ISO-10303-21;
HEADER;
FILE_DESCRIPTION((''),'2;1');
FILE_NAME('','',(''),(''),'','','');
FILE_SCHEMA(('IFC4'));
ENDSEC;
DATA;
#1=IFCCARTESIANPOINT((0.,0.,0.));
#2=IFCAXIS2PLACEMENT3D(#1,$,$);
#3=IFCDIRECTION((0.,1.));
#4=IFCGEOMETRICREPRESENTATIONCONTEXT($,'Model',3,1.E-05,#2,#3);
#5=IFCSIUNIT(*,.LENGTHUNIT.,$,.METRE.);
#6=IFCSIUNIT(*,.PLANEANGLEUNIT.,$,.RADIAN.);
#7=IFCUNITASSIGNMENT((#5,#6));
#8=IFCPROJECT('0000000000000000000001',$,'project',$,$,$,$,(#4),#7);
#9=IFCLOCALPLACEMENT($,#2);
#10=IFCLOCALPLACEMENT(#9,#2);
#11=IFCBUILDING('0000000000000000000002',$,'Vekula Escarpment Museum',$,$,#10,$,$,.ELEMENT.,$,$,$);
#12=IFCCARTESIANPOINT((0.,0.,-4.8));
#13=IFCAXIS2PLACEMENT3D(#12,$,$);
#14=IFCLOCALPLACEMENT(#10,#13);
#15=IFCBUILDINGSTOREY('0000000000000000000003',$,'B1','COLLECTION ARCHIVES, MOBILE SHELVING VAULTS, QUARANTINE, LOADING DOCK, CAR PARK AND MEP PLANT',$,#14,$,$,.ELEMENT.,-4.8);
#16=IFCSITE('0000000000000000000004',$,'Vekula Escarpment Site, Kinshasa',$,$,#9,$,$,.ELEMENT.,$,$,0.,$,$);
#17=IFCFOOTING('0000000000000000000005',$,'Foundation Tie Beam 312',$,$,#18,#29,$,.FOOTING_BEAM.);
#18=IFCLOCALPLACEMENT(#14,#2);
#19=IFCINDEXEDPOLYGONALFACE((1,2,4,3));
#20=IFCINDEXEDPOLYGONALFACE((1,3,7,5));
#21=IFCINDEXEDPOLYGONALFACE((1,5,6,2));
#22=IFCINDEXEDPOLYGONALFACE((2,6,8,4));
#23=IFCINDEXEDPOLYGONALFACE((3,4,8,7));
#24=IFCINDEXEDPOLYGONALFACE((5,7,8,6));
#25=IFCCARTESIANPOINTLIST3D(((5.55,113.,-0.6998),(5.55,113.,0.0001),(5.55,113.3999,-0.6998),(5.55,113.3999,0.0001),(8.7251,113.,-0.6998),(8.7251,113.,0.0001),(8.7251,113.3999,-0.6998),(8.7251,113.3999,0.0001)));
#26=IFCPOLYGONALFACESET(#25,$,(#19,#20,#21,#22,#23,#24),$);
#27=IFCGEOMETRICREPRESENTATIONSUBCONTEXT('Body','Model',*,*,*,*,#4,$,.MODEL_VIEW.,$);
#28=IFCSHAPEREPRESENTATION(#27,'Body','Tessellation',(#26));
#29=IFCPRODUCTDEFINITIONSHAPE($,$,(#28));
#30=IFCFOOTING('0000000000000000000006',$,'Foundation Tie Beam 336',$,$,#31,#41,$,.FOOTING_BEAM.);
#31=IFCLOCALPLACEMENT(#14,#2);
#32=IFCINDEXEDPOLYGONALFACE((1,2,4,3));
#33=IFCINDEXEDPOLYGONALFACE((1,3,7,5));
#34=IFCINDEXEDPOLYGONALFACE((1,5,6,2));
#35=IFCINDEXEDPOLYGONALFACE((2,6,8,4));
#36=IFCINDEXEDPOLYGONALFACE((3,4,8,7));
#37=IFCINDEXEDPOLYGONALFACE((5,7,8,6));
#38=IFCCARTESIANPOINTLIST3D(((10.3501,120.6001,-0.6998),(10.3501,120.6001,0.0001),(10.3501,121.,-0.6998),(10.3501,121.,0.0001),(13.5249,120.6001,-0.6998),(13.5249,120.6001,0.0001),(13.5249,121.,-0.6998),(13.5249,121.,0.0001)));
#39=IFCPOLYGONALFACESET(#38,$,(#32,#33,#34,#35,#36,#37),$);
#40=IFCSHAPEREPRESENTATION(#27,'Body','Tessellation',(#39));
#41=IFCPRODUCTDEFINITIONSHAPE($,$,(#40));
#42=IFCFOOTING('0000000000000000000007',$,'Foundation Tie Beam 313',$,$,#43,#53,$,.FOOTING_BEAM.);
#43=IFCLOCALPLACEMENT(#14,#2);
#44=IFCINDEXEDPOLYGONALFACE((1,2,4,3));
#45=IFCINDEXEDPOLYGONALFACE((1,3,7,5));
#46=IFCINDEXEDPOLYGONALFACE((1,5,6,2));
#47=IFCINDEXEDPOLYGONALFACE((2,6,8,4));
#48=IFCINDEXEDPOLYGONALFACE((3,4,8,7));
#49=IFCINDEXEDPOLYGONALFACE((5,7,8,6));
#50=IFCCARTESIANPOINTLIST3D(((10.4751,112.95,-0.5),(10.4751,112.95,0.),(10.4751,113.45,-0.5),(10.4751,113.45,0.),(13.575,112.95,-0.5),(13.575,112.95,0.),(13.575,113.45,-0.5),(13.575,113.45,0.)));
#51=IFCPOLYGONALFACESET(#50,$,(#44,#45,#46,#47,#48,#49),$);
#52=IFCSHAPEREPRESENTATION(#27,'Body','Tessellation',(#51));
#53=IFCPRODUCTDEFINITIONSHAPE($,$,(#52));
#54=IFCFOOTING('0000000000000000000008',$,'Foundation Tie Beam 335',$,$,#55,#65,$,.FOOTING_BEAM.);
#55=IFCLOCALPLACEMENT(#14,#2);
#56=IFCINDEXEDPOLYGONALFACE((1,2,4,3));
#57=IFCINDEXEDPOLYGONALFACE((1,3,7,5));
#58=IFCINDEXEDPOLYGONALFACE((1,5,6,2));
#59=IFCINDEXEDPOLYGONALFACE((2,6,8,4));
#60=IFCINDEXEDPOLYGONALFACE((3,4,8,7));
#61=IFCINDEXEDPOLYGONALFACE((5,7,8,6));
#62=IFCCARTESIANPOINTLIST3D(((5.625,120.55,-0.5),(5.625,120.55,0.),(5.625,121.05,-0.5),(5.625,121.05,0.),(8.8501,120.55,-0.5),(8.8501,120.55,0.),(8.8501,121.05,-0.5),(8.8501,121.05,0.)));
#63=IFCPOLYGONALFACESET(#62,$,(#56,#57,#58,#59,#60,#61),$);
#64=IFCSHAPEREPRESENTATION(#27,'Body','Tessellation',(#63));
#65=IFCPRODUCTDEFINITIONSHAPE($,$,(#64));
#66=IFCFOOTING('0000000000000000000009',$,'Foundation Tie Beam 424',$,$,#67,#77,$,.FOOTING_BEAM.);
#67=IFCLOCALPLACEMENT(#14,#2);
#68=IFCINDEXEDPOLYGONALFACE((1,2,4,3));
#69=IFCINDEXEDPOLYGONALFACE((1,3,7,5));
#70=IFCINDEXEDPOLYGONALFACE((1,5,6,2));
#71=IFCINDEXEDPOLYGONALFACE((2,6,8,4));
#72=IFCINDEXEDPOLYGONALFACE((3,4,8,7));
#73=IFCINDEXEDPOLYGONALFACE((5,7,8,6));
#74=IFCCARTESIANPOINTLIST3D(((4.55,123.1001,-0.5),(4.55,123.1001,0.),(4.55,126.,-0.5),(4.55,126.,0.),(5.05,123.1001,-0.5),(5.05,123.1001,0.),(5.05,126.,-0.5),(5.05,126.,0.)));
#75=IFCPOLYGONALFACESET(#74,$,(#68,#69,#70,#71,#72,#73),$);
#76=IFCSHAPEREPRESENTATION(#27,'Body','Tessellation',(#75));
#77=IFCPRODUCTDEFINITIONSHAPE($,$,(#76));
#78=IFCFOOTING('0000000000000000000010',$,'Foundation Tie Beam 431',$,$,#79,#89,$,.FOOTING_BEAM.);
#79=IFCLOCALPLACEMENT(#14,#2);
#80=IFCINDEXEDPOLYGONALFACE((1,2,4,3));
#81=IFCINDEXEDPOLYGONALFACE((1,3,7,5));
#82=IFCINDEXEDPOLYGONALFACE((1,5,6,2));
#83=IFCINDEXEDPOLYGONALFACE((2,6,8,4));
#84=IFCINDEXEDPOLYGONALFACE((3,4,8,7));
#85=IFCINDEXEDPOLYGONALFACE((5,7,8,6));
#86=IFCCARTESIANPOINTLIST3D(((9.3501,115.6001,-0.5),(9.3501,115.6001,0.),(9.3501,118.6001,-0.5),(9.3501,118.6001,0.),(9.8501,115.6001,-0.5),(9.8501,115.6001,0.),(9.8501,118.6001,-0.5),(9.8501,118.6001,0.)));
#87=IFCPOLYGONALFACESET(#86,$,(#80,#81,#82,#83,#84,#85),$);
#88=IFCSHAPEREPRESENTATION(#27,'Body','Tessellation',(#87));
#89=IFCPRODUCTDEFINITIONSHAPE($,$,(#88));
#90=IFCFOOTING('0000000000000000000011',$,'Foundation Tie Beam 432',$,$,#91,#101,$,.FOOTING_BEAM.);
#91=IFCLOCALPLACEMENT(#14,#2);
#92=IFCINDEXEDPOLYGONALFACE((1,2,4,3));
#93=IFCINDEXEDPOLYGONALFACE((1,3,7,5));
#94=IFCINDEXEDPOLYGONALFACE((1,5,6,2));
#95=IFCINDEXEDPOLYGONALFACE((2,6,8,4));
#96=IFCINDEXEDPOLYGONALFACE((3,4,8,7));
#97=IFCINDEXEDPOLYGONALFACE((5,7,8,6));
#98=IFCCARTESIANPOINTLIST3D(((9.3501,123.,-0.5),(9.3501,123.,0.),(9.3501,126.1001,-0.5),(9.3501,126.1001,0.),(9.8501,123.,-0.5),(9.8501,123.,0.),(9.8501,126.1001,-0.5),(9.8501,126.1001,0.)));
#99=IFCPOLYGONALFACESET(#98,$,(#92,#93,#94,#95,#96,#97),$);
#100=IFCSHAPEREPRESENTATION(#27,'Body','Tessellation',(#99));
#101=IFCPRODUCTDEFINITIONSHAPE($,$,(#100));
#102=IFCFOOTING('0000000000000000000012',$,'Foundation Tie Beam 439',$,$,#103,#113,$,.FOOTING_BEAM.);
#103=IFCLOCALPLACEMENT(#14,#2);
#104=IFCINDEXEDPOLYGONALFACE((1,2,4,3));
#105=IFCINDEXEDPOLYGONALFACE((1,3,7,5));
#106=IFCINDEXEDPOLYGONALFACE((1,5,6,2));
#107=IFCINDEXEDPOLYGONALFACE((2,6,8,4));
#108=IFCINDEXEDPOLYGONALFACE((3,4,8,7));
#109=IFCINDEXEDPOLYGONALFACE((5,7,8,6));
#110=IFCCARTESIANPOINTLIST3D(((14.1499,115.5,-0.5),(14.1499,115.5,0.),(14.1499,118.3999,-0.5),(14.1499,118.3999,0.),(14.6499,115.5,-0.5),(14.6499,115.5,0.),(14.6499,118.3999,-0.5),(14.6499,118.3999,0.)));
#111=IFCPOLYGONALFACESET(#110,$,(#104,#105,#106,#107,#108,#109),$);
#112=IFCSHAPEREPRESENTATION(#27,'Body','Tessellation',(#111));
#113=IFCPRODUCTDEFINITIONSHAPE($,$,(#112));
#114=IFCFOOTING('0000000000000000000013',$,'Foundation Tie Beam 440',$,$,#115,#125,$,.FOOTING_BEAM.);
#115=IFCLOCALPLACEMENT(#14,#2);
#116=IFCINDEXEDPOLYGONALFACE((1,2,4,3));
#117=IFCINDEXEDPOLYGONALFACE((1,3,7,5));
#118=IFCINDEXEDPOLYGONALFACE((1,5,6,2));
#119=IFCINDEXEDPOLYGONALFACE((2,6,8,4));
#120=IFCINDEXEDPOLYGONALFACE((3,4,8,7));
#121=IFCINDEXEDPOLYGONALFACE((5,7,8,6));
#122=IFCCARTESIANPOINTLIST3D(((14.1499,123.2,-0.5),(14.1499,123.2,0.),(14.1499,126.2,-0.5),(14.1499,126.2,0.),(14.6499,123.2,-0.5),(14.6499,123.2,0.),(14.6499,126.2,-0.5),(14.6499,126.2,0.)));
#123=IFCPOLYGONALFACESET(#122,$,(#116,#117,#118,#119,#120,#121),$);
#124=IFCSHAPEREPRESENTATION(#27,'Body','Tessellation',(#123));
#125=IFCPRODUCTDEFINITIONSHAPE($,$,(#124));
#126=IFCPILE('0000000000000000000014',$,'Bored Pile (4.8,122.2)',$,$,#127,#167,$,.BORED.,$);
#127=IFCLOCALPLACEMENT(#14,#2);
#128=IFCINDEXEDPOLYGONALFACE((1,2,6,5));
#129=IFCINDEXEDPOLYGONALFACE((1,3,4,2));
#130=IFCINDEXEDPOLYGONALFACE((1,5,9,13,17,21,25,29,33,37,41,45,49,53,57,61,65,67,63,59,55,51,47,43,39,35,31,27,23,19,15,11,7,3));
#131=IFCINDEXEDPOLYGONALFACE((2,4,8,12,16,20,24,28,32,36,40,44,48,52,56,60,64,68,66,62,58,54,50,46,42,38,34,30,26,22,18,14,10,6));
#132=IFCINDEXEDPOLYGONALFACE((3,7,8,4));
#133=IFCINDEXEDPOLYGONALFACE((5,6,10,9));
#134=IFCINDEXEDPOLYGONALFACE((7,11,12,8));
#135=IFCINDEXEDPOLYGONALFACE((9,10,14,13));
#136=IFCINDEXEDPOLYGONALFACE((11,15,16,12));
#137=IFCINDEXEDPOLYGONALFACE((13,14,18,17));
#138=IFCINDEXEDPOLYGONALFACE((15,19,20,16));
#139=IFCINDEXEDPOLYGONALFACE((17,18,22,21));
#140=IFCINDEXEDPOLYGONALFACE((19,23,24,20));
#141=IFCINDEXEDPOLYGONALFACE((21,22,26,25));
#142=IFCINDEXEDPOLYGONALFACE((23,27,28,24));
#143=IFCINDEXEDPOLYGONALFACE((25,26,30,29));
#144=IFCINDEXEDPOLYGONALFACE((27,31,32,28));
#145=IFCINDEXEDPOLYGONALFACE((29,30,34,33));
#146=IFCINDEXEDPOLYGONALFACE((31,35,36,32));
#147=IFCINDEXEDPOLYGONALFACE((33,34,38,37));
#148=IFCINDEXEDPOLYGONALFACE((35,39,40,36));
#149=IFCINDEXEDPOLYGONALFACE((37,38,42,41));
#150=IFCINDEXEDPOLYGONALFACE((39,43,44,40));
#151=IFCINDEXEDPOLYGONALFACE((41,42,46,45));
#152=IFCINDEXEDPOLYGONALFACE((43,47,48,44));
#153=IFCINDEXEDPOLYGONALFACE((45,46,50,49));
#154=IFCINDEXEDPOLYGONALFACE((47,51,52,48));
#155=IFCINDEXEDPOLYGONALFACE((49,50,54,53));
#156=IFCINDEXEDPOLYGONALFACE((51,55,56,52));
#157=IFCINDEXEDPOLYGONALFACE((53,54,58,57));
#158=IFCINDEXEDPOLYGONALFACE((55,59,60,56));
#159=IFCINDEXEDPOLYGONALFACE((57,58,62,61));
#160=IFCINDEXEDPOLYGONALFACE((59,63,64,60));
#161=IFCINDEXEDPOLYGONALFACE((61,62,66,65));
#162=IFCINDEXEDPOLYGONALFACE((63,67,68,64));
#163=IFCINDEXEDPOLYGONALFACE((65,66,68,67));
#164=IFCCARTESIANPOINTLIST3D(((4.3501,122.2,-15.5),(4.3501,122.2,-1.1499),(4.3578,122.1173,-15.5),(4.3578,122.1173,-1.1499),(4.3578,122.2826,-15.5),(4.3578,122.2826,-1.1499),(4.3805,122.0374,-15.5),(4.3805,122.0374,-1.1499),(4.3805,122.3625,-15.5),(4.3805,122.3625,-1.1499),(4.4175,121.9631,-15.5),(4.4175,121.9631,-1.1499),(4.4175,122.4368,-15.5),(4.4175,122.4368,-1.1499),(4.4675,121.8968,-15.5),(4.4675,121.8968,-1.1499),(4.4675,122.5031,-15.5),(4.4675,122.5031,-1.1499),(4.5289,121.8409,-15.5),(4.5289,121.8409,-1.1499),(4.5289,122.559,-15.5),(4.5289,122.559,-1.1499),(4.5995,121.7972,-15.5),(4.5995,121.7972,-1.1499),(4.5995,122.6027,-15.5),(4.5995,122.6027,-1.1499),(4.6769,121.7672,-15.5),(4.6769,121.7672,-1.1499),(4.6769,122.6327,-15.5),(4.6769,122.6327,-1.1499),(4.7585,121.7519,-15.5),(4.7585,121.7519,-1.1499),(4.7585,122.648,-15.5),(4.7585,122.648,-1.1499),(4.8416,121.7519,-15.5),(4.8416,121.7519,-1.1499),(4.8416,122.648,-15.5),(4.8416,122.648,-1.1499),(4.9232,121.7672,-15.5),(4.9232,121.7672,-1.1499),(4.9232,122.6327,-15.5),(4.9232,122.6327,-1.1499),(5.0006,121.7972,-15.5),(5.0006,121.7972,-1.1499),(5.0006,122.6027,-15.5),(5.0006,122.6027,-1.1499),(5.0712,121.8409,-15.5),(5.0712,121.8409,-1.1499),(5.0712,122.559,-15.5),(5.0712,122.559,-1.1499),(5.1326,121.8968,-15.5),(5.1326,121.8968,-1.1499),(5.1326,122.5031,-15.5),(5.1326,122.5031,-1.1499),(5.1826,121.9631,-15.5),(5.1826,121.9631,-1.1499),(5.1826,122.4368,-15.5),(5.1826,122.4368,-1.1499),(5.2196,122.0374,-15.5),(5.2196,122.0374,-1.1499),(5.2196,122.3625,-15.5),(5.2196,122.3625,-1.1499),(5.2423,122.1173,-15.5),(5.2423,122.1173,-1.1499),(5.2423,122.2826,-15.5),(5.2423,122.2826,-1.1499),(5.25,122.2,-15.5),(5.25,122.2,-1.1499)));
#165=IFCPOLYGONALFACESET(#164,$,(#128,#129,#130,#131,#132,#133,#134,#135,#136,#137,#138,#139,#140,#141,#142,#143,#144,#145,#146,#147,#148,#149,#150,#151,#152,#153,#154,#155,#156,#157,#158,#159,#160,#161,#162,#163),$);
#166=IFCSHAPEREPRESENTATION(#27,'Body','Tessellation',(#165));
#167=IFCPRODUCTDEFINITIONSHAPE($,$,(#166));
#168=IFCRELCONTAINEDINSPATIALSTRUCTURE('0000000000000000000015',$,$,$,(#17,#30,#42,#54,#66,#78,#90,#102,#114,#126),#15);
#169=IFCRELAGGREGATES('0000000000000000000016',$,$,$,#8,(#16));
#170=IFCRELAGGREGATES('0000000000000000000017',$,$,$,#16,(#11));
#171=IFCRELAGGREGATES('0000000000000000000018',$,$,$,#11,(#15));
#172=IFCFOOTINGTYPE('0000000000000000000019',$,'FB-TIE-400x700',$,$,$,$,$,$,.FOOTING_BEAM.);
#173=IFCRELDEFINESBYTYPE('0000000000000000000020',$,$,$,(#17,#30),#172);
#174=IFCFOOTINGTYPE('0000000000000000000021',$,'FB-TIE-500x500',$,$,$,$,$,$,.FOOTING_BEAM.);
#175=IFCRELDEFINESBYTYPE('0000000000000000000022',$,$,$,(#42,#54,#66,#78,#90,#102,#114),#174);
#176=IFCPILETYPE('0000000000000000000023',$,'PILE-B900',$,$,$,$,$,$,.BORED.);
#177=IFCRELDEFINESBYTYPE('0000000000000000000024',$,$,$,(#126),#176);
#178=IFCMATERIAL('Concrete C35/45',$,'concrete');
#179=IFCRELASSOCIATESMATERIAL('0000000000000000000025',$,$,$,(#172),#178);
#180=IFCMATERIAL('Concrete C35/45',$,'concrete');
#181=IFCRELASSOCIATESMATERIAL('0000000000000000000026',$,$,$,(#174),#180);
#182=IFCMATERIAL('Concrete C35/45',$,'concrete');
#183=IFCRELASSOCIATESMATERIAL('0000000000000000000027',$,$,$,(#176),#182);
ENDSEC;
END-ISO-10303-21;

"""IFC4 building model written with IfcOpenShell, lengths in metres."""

from ifc_helpers import new_model, si_unit, direction, frame, origin, origin_2d, place, context, subcontext, project, spatial, rectangle, circle, extrude, material, material_profile, profile_set, type_object, element, save


model = new_model("IFC4")

# Units and contexts
model_context = context("Model", 3, precision=1e-05, world=origin(), true_north=direction((0.0, 1.0)))
body_context = subcontext(model_context, "Body", "Model", "MODEL_VIEW")
ifc_project = project(units=[si_unit("LENGTHUNIT", "METRE"), si_unit("PLANEANGLEUNIT", "RADIAN")], contexts=[model_context])

# Site, building, storey
site_placement = place(None, origin())
site = spatial("IfcSite", under=ifc_project, at=site_placement, Name="Vekula Escarpment Site, Kinshasa", CompositionType="ELEMENT", RefElevation=0.0)
building_placement = place(site_placement, origin())
building = spatial("IfcBuilding", under=site, at=building_placement, Name="Vekula Escarpment Museum", CompositionType="ELEMENT")
storey_placement = place(building_placement, frame((0.0, 0.0, -4.8)))
storey = spatial("IfcBuildingStorey", under=building, at=storey_placement, Name="B1", Description="COLLECTION ARCHIVES, MOBILE SHELVING VAULTS, QUARANTINE, LOADING DOCK, CAR PARK AND MEP PLANT", CompositionType="ELEMENT", Elevation=-4.8)

# Footings
ifc_material_1 = material(Name="Concrete C35/45", Category="concrete")
ifc_material_profile_1 = material_profile(ifc_material_1, rectangle(XDim=0.3999, YDim=0.7, at=origin_2d()), Name="RC 400x700")
ifc_profile_set_1 = profile_set([ifc_material_profile_1], Name="Concrete C35/45")
footing_type_1 = type_object("IfcFootingType", Name="FB-TIE-400x700", PredefinedType="FOOTING_BEAM", material=ifc_profile_set_1)
footing_1_placement = place(storey_placement, frame((5.55, 113.2, -0.3499), z_axis=(1.0, 0.0, 0.0), x_axis=(0.0, 1.0, 0.0)))
element("IfcFooting", 1, at=footing_1_placement, inside=storey, type_object=footing_type_1, Name="Foundation Tie Beam 312", PredefinedType="FOOTING_BEAM", context=body_context, shape_type="SweptSolid", body=[
    extrude(rectangle(XDim=0.3999, YDim=0.7, at=origin_2d()), origin(), (0.0, 0.0, 1.0), 3.175),
])
footing_2_placement = place(storey_placement, frame((10.3501, 120.8, -0.3499), z_axis=(1.0, 0.0, 0.0), x_axis=(0.0, 1.0, 0.0)))
element("IfcFooting", 2, at=footing_2_placement, inside=storey, type_object=footing_type_1, Name="Foundation Tie Beam 336", PredefinedType="FOOTING_BEAM", context=body_context, shape_type="SweptSolid", body=[
    extrude(rectangle(XDim=0.3999, YDim=0.7, at=origin_2d()), origin(), (0.0, 0.0, 1.0), 3.1748),
])
ifc_material_2 = material(Name="Concrete C35/45", Category="concrete")
ifc_material_profile_2 = material_profile(ifc_material_2, rectangle(XDim=0.5, YDim=0.5, at=origin_2d()), Name="RC 500x500")
ifc_profile_set_2 = profile_set([ifc_material_profile_2], Name="Concrete C35/45")
footing_type_2 = type_object("IfcFootingType", Name="FB-TIE-500x500", PredefinedType="FOOTING_BEAM", material=ifc_profile_set_2)
footing_3_placement = place(storey_placement, frame((10.4751, 113.2, -0.25), z_axis=(1.0, 0.0, 0.0), x_axis=(0.0, 1.0, 0.0)))
element("IfcFooting", 3, at=footing_3_placement, inside=storey, type_object=footing_type_2, Name="Foundation Tie Beam 313", PredefinedType="FOOTING_BEAM", context=body_context, shape_type="SweptSolid", body=[
    extrude(rectangle(XDim=0.5, YDim=0.5, at=origin_2d()), origin(), (0.0, 0.0, 1.0), 3.0999),
])
footing_4_placement = place(storey_placement, frame((5.625, 120.8, -0.25), z_axis=(1.0, 0.0, 0.0), x_axis=(0.0, 1.0, 0.0)))
element("IfcFooting", 4, at=footing_4_placement, inside=storey, type_object=footing_type_2, Name="Foundation Tie Beam 335", PredefinedType="FOOTING_BEAM", context=body_context, shape_type="SweptSolid", body=[
    extrude(rectangle(XDim=0.5, YDim=0.5, at=origin_2d()), origin(), (0.0, 0.0, 1.0), 3.2251),
])
footing_5_placement = place(storey_placement, frame((4.8, 123.1001, -0.25), z_axis=(0.0, 1.0, 0.0), x_axis=(-1.0, 0.0, 0.0)))
element("IfcFooting", 5, at=footing_5_placement, inside=storey, type_object=footing_type_2, Name="Foundation Tie Beam 424", PredefinedType="FOOTING_BEAM", context=body_context, shape_type="SweptSolid", body=[
    extrude(rectangle(XDim=0.5, YDim=0.5, at=origin_2d()), origin(), (0.0, 0.0, 1.0), 2.8999),
])
footing_6_placement = place(storey_placement, frame((9.6001, 115.6001, -0.25), z_axis=(0.0, 1.0, 0.0), x_axis=(-1.0, 0.0, 0.0)))
element("IfcFooting", 6, at=footing_6_placement, inside=storey, type_object=footing_type_2, Name="Foundation Tie Beam 431", PredefinedType="FOOTING_BEAM", context=body_context, shape_type="SweptSolid", body=[
    extrude(rectangle(XDim=0.5, YDim=0.5, at=origin_2d()), origin(), (0.0, 0.0, 1.0), 3.0),
])
footing_7_placement = place(storey_placement, frame((9.6001, 123.0, -0.25), z_axis=(0.0, 1.0, 0.0), x_axis=(-1.0, 0.0, 0.0)))
element("IfcFooting", 7, at=footing_7_placement, inside=storey, type_object=footing_type_2, Name="Foundation Tie Beam 432", PredefinedType="FOOTING_BEAM", context=body_context, shape_type="SweptSolid", body=[
    extrude(rectangle(XDim=0.5, YDim=0.5, at=origin_2d()), origin(), (0.0, 0.0, 1.0), 3.1001),
])
footing_8_placement = place(storey_placement, frame((14.3999, 115.5, -0.25), z_axis=(0.0, 1.0, 0.0), x_axis=(-1.0, 0.0, 0.0)))
element("IfcFooting", 8, at=footing_8_placement, inside=storey, type_object=footing_type_2, Name="Foundation Tie Beam 439", PredefinedType="FOOTING_BEAM", context=body_context, shape_type="SweptSolid", body=[
    extrude(rectangle(XDim=0.5, YDim=0.5, at=origin_2d()), origin(), (0.0, 0.0, 1.0), 2.8999),
])
footing_9_placement = place(storey_placement, frame((14.3999, 123.2, -0.25), z_axis=(0.0, 1.0, 0.0), x_axis=(-1.0, 0.0, 0.0)))
element("IfcFooting", 9, at=footing_9_placement, inside=storey, type_object=footing_type_2, Name="Foundation Tie Beam 440", PredefinedType="FOOTING_BEAM", context=body_context, shape_type="SweptSolid", body=[
    extrude(rectangle(XDim=0.5, YDim=0.5, at=origin_2d()), origin(), (0.0, 0.0, 1.0), 3.0),
])

# Pile
ifc_material_3 = material(Name="Concrete C35/45", Category="concrete")
ifc_material_profile_3 = material_profile(ifc_material_3, circle(Radius=0.45, at=origin_2d()), Name="BORED PILE 900")
ifc_profile_set_3 = profile_set([ifc_material_profile_3], Name="Concrete C35/45")
pile_type = type_object("IfcPileType", Name="PILE-B900", PredefinedType="BORED", material=ifc_profile_set_3)
pile_1_placement = place(storey_placement, frame((4.8, 122.2, -1.1499), z_axis=(0.0, 0.0, -1.0), x_axis=(1.0, 0.0, 0.0)))
element("IfcPile", 10, at=pile_1_placement, inside=storey, type_object=pile_type, Name="Bored Pile (4.8,122.2)", PredefinedType="BORED", context=body_context, shape_type="SweptSolid", body=[
    extrude(circle(Radius=0.45, at=origin_2d()), origin(), (0.0, 0.0, 1.0), 14.3501),
])

save(model, "model.ifc")
